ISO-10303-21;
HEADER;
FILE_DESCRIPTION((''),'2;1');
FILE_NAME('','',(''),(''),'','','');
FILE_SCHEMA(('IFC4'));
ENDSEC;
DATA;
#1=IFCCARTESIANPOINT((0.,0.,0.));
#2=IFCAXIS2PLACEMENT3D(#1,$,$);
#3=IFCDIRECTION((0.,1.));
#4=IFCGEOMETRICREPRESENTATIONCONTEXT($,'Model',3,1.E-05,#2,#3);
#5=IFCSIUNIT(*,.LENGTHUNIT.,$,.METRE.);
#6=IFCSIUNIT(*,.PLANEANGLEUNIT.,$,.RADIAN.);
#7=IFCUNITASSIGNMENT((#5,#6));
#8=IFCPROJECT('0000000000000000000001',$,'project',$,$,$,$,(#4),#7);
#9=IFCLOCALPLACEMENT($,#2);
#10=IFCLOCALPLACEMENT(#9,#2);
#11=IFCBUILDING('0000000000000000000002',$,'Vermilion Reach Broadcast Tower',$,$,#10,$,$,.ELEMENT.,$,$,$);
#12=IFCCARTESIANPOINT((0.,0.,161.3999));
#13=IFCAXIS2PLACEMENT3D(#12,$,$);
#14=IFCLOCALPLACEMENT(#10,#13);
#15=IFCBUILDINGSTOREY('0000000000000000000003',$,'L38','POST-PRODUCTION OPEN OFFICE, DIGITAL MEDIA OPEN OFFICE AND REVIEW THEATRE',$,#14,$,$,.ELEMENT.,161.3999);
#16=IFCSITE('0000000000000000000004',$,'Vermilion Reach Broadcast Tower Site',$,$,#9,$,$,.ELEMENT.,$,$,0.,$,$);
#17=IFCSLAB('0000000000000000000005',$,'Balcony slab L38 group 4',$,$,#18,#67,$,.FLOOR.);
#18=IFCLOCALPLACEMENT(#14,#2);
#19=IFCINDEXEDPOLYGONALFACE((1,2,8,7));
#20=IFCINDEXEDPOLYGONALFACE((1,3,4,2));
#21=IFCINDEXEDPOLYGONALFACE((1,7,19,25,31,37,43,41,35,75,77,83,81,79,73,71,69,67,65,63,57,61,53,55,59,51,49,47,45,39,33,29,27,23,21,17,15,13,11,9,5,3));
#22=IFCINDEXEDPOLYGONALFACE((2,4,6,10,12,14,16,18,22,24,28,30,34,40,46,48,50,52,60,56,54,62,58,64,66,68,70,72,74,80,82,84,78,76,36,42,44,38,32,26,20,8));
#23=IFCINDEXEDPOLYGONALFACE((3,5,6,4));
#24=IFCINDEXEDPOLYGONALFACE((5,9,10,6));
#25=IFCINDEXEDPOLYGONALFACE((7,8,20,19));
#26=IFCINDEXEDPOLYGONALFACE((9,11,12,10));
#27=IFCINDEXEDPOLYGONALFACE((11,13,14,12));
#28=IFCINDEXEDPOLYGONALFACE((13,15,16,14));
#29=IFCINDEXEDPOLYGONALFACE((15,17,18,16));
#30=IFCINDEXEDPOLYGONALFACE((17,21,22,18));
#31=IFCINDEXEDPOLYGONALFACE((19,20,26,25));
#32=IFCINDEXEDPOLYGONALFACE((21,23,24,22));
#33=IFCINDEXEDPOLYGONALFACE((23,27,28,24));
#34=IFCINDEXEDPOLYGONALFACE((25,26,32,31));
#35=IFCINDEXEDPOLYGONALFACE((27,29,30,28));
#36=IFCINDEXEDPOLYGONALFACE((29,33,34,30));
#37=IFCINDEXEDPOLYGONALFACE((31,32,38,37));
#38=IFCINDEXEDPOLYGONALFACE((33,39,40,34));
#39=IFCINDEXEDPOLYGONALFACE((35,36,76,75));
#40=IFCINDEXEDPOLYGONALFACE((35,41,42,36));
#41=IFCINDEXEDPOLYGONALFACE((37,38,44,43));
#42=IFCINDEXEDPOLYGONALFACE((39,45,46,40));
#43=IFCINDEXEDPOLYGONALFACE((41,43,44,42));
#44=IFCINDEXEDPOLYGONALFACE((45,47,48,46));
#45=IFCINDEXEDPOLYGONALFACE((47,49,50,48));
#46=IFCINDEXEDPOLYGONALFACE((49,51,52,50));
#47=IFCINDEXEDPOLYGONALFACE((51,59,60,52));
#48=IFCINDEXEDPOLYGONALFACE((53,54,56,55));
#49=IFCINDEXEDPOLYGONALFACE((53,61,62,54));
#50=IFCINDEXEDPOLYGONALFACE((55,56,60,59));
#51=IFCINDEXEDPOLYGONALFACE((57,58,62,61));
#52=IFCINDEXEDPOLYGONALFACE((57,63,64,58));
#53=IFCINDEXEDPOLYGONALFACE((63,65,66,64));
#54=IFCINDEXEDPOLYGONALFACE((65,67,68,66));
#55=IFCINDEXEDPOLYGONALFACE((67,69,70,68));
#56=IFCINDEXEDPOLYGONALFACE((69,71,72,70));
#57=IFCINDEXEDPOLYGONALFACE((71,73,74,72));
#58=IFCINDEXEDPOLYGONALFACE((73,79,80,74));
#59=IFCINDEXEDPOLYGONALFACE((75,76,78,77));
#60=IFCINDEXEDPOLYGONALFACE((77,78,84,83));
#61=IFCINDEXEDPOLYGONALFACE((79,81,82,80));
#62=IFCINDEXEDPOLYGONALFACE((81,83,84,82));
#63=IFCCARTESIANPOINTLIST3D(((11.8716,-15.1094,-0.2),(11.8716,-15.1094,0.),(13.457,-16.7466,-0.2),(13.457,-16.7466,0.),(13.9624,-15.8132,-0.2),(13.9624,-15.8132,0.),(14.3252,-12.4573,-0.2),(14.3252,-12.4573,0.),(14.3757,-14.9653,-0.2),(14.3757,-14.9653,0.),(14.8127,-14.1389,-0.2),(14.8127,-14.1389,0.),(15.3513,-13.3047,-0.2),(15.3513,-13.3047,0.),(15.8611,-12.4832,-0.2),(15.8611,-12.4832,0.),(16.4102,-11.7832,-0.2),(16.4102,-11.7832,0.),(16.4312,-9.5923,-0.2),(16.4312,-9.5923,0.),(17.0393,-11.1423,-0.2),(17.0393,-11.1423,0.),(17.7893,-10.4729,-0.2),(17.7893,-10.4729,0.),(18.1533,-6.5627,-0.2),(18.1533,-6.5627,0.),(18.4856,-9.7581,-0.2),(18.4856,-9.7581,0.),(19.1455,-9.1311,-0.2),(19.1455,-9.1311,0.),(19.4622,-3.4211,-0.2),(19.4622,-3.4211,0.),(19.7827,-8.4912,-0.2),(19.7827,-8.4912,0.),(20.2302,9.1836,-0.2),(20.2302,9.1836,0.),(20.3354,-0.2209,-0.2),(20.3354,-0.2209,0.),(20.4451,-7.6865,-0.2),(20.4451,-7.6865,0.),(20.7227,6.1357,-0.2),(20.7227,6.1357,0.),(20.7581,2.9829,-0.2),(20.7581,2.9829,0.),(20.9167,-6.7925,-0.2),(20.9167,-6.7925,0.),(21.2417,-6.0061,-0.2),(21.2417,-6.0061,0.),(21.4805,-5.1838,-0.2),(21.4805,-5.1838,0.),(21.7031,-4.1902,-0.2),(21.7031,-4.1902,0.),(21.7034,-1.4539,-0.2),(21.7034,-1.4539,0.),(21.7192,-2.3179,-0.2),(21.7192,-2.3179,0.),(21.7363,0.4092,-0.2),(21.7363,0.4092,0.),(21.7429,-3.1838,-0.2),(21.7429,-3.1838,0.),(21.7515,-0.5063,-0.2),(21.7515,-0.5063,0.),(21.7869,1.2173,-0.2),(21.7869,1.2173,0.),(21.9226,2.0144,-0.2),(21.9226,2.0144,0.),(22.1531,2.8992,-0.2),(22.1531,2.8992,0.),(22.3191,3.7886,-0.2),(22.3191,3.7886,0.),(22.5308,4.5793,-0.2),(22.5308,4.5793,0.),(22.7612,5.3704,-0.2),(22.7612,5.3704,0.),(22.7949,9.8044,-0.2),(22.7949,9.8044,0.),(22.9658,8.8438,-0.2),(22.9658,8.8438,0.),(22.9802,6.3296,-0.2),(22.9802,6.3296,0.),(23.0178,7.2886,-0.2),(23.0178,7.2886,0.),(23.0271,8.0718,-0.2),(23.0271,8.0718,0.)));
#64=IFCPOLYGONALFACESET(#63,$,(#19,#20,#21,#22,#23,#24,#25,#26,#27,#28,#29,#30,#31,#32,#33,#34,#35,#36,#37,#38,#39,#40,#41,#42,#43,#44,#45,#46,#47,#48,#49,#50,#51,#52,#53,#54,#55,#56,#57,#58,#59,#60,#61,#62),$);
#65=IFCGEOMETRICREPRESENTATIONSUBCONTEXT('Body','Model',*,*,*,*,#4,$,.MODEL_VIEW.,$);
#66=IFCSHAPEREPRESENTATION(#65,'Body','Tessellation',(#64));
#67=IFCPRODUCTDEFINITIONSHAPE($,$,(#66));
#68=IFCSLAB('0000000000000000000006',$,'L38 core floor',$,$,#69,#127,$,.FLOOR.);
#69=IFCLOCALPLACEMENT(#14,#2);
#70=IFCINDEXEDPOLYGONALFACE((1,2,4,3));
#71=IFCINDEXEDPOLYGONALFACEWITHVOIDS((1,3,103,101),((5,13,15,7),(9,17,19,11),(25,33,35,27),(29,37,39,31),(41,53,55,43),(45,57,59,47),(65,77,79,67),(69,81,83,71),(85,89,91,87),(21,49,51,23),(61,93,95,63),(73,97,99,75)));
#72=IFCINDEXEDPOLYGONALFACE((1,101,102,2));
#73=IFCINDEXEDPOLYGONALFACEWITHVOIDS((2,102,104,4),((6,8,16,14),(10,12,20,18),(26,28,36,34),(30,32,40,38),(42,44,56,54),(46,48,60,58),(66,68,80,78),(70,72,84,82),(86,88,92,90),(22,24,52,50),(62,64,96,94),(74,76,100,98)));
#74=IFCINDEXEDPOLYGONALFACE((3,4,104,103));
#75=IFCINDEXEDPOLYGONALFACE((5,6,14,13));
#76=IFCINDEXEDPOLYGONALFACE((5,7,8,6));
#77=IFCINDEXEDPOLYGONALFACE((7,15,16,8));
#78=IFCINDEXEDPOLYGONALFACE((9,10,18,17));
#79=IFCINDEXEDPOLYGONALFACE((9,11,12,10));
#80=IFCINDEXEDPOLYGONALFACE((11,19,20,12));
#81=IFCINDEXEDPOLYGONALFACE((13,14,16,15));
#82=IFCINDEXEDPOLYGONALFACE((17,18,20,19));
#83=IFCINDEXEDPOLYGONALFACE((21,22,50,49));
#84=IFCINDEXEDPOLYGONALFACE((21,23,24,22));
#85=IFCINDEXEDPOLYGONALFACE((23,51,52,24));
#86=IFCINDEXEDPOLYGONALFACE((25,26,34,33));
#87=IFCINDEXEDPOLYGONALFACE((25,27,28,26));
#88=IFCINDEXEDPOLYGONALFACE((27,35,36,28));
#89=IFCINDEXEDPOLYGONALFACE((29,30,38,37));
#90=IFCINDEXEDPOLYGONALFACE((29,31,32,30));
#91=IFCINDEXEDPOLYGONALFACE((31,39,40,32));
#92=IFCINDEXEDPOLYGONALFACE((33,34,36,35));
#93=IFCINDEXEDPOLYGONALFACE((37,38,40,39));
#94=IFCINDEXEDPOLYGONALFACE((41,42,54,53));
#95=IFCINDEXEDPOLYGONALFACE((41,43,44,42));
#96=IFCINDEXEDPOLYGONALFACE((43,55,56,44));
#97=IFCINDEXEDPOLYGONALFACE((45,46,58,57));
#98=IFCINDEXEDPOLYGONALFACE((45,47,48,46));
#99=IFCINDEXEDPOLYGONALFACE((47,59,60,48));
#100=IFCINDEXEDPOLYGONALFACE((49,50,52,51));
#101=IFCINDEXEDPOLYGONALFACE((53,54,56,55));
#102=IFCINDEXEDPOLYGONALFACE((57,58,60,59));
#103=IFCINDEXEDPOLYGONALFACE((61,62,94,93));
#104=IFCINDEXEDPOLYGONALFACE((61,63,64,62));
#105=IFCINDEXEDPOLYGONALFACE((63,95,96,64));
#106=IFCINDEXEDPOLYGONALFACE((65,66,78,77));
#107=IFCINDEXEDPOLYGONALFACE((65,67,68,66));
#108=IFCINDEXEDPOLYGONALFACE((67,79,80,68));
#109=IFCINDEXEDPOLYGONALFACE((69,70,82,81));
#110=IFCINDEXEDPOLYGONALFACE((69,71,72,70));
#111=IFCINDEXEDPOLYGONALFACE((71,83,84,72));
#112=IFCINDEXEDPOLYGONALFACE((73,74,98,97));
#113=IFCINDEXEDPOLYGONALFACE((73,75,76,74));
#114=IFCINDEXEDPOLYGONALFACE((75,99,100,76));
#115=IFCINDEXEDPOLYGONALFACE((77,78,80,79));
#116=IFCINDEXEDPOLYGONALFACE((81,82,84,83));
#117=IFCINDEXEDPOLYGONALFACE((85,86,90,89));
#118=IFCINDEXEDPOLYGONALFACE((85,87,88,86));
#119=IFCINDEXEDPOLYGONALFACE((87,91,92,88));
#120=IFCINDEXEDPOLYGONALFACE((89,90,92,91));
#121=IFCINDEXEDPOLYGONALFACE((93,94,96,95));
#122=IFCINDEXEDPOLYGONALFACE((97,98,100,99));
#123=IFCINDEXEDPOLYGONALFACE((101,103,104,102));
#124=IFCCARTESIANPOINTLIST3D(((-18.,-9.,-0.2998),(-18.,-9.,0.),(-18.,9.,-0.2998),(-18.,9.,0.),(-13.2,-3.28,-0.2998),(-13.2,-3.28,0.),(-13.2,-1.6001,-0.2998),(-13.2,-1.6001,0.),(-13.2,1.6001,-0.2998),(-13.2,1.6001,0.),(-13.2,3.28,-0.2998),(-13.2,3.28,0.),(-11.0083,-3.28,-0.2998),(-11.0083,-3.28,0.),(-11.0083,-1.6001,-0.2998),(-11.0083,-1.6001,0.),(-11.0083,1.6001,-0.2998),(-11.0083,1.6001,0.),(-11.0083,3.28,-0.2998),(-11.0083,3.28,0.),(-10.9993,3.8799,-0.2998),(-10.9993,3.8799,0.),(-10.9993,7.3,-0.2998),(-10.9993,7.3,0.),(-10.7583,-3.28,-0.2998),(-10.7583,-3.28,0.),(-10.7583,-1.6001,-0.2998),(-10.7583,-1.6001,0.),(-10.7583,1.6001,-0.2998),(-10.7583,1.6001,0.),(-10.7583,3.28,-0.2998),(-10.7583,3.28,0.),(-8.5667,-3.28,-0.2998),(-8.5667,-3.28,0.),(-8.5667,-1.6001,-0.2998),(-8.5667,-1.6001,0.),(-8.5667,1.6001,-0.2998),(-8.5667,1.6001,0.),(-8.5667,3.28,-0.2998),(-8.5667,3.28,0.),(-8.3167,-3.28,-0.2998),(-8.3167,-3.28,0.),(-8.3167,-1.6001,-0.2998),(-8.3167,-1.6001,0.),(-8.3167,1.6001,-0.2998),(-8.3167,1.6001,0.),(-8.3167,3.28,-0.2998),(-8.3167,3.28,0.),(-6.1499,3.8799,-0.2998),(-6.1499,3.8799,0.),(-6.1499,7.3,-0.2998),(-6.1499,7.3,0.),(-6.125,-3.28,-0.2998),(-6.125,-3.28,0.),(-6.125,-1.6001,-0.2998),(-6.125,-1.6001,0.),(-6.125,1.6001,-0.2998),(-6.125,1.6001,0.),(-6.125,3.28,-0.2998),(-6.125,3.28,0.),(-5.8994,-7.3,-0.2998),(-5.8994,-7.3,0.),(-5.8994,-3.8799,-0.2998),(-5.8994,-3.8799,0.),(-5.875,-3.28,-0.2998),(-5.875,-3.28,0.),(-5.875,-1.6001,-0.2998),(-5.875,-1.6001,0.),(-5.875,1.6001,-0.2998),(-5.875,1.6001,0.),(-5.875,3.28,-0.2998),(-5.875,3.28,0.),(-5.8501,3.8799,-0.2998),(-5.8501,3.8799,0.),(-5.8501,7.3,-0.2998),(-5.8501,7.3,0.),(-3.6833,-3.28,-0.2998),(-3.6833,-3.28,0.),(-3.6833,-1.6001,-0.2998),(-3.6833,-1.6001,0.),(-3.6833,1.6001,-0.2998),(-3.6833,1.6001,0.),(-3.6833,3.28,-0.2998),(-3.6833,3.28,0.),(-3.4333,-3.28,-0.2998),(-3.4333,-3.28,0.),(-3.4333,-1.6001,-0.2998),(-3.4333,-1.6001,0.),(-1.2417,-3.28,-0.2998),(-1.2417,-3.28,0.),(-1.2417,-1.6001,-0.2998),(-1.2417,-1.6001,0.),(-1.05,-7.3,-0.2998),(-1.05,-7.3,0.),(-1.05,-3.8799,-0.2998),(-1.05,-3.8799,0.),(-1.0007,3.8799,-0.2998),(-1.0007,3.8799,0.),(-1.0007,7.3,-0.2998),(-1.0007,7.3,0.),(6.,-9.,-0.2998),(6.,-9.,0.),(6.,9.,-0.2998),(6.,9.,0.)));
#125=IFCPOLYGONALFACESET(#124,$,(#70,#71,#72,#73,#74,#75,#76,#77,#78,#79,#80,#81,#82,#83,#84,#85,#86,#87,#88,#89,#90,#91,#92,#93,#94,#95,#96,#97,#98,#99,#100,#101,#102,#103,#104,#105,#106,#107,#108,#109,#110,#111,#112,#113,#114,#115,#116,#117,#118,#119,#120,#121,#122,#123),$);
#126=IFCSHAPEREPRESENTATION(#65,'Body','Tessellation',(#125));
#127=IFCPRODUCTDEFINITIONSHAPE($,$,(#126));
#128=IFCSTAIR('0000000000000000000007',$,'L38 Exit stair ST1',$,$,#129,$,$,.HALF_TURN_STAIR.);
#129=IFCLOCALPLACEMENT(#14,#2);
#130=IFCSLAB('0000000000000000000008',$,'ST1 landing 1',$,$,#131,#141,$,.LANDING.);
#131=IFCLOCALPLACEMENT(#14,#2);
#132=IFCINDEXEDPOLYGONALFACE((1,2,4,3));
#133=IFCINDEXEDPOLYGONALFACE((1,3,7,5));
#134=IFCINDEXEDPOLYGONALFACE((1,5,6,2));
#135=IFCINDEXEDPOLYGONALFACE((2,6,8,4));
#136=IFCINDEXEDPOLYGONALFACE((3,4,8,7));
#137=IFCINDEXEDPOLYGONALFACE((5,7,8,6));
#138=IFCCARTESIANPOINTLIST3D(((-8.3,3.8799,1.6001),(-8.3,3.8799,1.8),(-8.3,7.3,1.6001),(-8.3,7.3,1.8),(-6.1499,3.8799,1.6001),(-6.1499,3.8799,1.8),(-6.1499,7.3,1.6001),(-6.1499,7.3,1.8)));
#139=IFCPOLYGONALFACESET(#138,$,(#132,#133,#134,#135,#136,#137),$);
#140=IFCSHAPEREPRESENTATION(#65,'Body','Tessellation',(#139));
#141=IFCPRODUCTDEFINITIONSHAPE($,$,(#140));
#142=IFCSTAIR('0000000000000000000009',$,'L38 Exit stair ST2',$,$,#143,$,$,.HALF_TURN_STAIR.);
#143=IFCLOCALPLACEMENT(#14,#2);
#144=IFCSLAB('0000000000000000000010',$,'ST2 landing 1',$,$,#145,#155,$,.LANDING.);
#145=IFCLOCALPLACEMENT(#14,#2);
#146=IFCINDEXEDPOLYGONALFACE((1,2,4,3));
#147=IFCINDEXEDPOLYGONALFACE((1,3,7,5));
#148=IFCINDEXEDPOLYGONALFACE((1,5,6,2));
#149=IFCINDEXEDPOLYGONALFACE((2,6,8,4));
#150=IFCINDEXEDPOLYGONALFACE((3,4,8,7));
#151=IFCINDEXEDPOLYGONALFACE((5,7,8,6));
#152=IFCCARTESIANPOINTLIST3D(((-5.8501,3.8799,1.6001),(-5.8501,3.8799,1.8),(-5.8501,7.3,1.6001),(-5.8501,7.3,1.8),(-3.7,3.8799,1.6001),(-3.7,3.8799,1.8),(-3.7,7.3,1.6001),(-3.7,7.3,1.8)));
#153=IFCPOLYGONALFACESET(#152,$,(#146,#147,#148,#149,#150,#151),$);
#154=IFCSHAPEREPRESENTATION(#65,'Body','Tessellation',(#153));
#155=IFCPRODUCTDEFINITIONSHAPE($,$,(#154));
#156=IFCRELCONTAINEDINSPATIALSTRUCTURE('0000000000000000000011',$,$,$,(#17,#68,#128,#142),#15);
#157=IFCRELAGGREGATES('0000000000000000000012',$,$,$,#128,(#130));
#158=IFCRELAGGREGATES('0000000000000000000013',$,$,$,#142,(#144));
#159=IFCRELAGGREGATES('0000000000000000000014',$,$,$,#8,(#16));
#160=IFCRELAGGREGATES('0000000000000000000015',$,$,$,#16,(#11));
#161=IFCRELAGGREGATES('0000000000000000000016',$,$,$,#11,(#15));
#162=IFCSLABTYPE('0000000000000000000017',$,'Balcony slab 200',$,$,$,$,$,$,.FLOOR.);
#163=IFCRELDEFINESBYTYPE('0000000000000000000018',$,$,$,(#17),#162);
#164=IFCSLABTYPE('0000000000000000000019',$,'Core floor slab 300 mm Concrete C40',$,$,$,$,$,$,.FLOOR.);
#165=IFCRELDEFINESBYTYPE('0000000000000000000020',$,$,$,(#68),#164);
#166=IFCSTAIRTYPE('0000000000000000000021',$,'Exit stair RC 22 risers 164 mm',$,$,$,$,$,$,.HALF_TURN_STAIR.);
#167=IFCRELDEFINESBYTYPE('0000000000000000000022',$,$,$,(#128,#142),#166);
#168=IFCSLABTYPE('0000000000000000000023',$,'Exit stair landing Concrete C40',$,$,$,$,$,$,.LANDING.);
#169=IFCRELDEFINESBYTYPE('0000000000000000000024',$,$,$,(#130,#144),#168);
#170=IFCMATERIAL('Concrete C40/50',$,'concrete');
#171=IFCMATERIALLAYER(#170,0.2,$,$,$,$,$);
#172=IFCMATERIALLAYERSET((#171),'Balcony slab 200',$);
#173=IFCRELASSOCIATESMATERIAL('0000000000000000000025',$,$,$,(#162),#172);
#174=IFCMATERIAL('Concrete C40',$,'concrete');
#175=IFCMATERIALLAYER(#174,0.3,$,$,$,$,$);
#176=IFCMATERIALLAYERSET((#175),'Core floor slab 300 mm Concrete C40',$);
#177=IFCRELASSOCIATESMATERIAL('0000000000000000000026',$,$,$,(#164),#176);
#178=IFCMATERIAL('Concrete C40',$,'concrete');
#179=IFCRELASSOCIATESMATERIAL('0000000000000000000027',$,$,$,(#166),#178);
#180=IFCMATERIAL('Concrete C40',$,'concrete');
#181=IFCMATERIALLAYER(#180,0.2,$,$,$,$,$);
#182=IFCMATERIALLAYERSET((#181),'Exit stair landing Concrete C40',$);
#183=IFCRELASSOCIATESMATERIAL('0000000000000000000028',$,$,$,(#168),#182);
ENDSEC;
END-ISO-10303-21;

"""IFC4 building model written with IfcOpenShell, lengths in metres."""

from ifc_helpers import new_model, si_unit, direction, frame, origin, place, context, subcontext, project, spatial, polyline, outline, extrude, material, layer, layer_set, type_object, element, aggregate, save


model = new_model("IFC4")

# Units and contexts
model_context = context("Model", 3, precision=1e-05, world=origin(), true_north=direction((0.0, 1.0)))
body_context = subcontext(model_context, "Body", "Model", "MODEL_VIEW")
ifc_project = project(units=[si_unit("LENGTHUNIT", "METRE"), si_unit("PLANEANGLEUNIT", "RADIAN")], contexts=[model_context])

# Site, building, storey
site_placement = place(None, origin())
site = spatial("IfcSite", under=ifc_project, at=site_placement, Name="Vermilion Reach Broadcast Tower Site", CompositionType="ELEMENT", RefElevation=0.0)
building_placement = place(site_placement, origin())
building = spatial("IfcBuilding", under=site, at=building_placement, Name="Vermilion Reach Broadcast Tower", CompositionType="ELEMENT")
storey_placement = place(building_placement, frame((0.0, 0.0, 161.3999)))
storey = spatial("IfcBuildingStorey", under=building, at=storey_placement, Name="L38", Description="POST-PRODUCTION OPEN OFFICE, DIGITAL MEDIA OPEN OFFICE AND REVIEW THEATRE", CompositionType="ELEMENT", Elevation=161.3999)

# Slabs
ifc_material_1 = material(Name="Concrete C40/50", Category="concrete")
ifc_layer_1 = layer(ifc_material_1, 0.2)
ifc_layer_set_1 = layer_set([ifc_layer_1], Name="Balcony slab 200")
slab_type_1 = type_object("IfcSlabType", Name="Balcony slab 200", PredefinedType="FLOOR", material=ifc_layer_set_1)
placement_1 = place(storey_placement, frame((0.0, 0.0, -0.2)))
element("IfcSlab", 1, at=placement_1, inside=storey, type_object=slab_type_1, Name="Balcony slab L38 group 4", PredefinedType="FLOOR", context=body_context, shape_type="SweptSolid", body=[
    extrude(outline(polyline([(11.8716, -15.1094), (14.3252, -12.4573), (16.4312, -9.5923), (18.1533, -6.5627), (19.4622, -3.4211), (20.3354, -0.2209), (20.7581, 2.9829), (20.7227, 6.1357), (20.2302, 9.1836), (22.7949, 9.8044), (22.9658, 8.8438), (23.0271, 8.0718), (23.0178, 7.2886), (22.9802, 6.3296), (22.7612, 5.3704), (22.5308, 4.5793), (22.3191, 3.7886), (22.1531, 2.8992), (21.9226, 2.0144), (21.7869, 1.2173), (21.7363, 0.4092), (21.7515, -0.5063), (21.7034, -1.4539), (21.7192, -2.3179), (21.7429, -3.1838), (21.7031, -4.1902), (21.4805, -5.1838), (21.2417, -6.0061), (20.9167, -6.7925), (20.4451, -7.6865), (19.7827, -8.4912), (19.1455, -9.1311), (18.4856, -9.7581), (17.7893, -10.4729), (17.0393, -11.1423), (16.4102, -11.7832), (15.8611, -12.4832), (15.3513, -13.3047), (14.8127, -14.1389), (14.3757, -14.9653), (13.9624, -15.8132), (13.457, -16.7466), (11.8716, -15.1094)])), origin(), (0.0, 0.0, 1.0), 0.2),
])
ifc_material_2 = material(Name="Concrete C40", Category="concrete")
ifc_layer_2 = layer(ifc_material_2, 0.3)
ifc_layer_set_2 = layer_set([ifc_layer_2], Name="Core floor slab 300 mm Concrete C40")
slab_type_2 = type_object("IfcSlabType", Name="Core floor slab 300 mm Concrete C40", PredefinedType="FLOOR", material=ifc_layer_set_2)
slab_1_placement = place(storey_placement, frame((0.0, 0.0, -0.2998)))
element("IfcSlab", 2, at=slab_1_placement, inside=storey, type_object=slab_type_2, Name="L38 core floor", PredefinedType="FLOOR", context=body_context, shape_type="SweptSolid", body=[
    extrude(outline(polyline([(-18.0, -9.0), (6.0, -9.0), (6.0, 9.0), (-18.0, 9.0), (-18.0, -9.0)]), holes=[polyline([(-13.2, 1.6001), (-11.0083, 1.6001), (-11.0083, 3.28), (-13.2, 3.28), (-13.2, 1.6001)]), polyline([(-10.7583, 1.6001), (-8.5667, 1.6001), (-8.5667, 3.28), (-10.7583, 3.28), (-10.7583, 1.6001)]), polyline([(-8.3167, 1.6001), (-6.125, 1.6001), (-6.125, 3.28), (-8.3167, 3.28), (-8.3167, 1.6001)]), polyline([(-5.875, 1.6001), (-3.6833, 1.6001), (-3.6833, 3.28), (-5.875, 3.28), (-5.875, 1.6001)]), polyline([(-13.2, -3.28), (-11.0083, -3.28), (-11.0083, -1.6001), (-13.2, -1.6001), (-13.2, -3.28)]), polyline([(-10.7583, -3.28), (-8.5667, -3.28), (-8.5667, -1.6001), (-10.7583, -1.6001), (-10.7583, -3.28)]), polyline([(-8.3167, -3.28), (-6.125, -3.28), (-6.125, -1.6001), (-8.3167, -1.6001), (-8.3167, -3.28)]), polyline([(-5.875, -3.28), (-3.6833, -3.28), (-3.6833, -1.6001), (-5.875, -1.6001), (-5.875, -3.28)]), polyline([(-3.4333, -3.28), (-1.2417, -3.28), (-1.2417, -1.6001), (-3.4333, -1.6001), (-3.4333, -3.28)]), polyline([(-10.9993, 3.8799), (-6.1499, 3.8799), (-6.1499, 7.3), (-10.9993, 7.3), (-10.9993, 3.8799)]), polyline([(-1.0007, 7.3), (-5.8501, 7.3), (-5.8501, 3.8799), (-1.0007, 3.8799), (-1.0007, 7.3)]), polyline([(-5.8994, -7.3), (-1.05, -7.3), (-1.05, -3.8799), (-5.8994, -3.8799), (-5.8994, -7.3)])]), origin(), (0.0, 0.0, 1.0), 0.2998),
])

# Stairs, slabs
ifc_material_3 = material(Name="Concrete C40", Category="concrete")
stair_type = type_object("IfcStairType", Name="Exit stair RC 22 risers 164 mm", PredefinedType="HALF_TURN_STAIR", material=ifc_material_3)
placement_2 = place(storey_placement, origin())
stair_1 = element("IfcStair", 3, at=placement_2, inside=storey, type_object=stair_type, Name="L38 Exit stair ST1", PredefinedType="HALF_TURN_STAIR")
ifc_material_4 = material(Name="Concrete C40", Category="concrete")
ifc_layer_3 = layer(ifc_material_4, 0.2)
ifc_layer_set_3 = layer_set([ifc_layer_3], Name="Exit stair landing Concrete C40")
slab_type_3 = type_object("IfcSlabType", Name="Exit stair landing Concrete C40", PredefinedType="LANDING", material=ifc_layer_set_3)
placement_3 = place(storey_placement, frame((0.0, 0.0, 1.6001)))
slab_2 = element("IfcSlab", 4, at=placement_3, type_object=slab_type_3, Name="ST1 landing 1", PredefinedType="LANDING", context=body_context, shape_type="SweptSolid", body=[
    extrude(outline(polyline([(-8.3, 3.8799), (-6.1499, 3.8799), (-6.1499, 7.3), (-8.3, 7.3), (-8.3, 3.8799)])), origin(), (0.0, 0.0, 1.0), 0.2),
])
aggregate(stair_1, [slab_2])
stair_2 = element("IfcStair", 5, at=placement_2, inside=storey, type_object=stair_type, Name="L38 Exit stair ST2", PredefinedType="HALF_TURN_STAIR")
slab_3 = element("IfcSlab", 6, at=placement_3, type_object=slab_type_3, Name="ST2 landing 1", PredefinedType="LANDING", context=body_context, shape_type="SweptSolid", body=[
    extrude(outline(polyline([(-3.7, 7.3), (-5.8501, 7.3), (-5.8501, 3.8799), (-3.7, 3.8799), (-3.7, 7.3)])), origin(), (0.0, 0.0, 1.0), 0.2),
])
aggregate(stair_2, [slab_3])

save(model, "model.ifc")
